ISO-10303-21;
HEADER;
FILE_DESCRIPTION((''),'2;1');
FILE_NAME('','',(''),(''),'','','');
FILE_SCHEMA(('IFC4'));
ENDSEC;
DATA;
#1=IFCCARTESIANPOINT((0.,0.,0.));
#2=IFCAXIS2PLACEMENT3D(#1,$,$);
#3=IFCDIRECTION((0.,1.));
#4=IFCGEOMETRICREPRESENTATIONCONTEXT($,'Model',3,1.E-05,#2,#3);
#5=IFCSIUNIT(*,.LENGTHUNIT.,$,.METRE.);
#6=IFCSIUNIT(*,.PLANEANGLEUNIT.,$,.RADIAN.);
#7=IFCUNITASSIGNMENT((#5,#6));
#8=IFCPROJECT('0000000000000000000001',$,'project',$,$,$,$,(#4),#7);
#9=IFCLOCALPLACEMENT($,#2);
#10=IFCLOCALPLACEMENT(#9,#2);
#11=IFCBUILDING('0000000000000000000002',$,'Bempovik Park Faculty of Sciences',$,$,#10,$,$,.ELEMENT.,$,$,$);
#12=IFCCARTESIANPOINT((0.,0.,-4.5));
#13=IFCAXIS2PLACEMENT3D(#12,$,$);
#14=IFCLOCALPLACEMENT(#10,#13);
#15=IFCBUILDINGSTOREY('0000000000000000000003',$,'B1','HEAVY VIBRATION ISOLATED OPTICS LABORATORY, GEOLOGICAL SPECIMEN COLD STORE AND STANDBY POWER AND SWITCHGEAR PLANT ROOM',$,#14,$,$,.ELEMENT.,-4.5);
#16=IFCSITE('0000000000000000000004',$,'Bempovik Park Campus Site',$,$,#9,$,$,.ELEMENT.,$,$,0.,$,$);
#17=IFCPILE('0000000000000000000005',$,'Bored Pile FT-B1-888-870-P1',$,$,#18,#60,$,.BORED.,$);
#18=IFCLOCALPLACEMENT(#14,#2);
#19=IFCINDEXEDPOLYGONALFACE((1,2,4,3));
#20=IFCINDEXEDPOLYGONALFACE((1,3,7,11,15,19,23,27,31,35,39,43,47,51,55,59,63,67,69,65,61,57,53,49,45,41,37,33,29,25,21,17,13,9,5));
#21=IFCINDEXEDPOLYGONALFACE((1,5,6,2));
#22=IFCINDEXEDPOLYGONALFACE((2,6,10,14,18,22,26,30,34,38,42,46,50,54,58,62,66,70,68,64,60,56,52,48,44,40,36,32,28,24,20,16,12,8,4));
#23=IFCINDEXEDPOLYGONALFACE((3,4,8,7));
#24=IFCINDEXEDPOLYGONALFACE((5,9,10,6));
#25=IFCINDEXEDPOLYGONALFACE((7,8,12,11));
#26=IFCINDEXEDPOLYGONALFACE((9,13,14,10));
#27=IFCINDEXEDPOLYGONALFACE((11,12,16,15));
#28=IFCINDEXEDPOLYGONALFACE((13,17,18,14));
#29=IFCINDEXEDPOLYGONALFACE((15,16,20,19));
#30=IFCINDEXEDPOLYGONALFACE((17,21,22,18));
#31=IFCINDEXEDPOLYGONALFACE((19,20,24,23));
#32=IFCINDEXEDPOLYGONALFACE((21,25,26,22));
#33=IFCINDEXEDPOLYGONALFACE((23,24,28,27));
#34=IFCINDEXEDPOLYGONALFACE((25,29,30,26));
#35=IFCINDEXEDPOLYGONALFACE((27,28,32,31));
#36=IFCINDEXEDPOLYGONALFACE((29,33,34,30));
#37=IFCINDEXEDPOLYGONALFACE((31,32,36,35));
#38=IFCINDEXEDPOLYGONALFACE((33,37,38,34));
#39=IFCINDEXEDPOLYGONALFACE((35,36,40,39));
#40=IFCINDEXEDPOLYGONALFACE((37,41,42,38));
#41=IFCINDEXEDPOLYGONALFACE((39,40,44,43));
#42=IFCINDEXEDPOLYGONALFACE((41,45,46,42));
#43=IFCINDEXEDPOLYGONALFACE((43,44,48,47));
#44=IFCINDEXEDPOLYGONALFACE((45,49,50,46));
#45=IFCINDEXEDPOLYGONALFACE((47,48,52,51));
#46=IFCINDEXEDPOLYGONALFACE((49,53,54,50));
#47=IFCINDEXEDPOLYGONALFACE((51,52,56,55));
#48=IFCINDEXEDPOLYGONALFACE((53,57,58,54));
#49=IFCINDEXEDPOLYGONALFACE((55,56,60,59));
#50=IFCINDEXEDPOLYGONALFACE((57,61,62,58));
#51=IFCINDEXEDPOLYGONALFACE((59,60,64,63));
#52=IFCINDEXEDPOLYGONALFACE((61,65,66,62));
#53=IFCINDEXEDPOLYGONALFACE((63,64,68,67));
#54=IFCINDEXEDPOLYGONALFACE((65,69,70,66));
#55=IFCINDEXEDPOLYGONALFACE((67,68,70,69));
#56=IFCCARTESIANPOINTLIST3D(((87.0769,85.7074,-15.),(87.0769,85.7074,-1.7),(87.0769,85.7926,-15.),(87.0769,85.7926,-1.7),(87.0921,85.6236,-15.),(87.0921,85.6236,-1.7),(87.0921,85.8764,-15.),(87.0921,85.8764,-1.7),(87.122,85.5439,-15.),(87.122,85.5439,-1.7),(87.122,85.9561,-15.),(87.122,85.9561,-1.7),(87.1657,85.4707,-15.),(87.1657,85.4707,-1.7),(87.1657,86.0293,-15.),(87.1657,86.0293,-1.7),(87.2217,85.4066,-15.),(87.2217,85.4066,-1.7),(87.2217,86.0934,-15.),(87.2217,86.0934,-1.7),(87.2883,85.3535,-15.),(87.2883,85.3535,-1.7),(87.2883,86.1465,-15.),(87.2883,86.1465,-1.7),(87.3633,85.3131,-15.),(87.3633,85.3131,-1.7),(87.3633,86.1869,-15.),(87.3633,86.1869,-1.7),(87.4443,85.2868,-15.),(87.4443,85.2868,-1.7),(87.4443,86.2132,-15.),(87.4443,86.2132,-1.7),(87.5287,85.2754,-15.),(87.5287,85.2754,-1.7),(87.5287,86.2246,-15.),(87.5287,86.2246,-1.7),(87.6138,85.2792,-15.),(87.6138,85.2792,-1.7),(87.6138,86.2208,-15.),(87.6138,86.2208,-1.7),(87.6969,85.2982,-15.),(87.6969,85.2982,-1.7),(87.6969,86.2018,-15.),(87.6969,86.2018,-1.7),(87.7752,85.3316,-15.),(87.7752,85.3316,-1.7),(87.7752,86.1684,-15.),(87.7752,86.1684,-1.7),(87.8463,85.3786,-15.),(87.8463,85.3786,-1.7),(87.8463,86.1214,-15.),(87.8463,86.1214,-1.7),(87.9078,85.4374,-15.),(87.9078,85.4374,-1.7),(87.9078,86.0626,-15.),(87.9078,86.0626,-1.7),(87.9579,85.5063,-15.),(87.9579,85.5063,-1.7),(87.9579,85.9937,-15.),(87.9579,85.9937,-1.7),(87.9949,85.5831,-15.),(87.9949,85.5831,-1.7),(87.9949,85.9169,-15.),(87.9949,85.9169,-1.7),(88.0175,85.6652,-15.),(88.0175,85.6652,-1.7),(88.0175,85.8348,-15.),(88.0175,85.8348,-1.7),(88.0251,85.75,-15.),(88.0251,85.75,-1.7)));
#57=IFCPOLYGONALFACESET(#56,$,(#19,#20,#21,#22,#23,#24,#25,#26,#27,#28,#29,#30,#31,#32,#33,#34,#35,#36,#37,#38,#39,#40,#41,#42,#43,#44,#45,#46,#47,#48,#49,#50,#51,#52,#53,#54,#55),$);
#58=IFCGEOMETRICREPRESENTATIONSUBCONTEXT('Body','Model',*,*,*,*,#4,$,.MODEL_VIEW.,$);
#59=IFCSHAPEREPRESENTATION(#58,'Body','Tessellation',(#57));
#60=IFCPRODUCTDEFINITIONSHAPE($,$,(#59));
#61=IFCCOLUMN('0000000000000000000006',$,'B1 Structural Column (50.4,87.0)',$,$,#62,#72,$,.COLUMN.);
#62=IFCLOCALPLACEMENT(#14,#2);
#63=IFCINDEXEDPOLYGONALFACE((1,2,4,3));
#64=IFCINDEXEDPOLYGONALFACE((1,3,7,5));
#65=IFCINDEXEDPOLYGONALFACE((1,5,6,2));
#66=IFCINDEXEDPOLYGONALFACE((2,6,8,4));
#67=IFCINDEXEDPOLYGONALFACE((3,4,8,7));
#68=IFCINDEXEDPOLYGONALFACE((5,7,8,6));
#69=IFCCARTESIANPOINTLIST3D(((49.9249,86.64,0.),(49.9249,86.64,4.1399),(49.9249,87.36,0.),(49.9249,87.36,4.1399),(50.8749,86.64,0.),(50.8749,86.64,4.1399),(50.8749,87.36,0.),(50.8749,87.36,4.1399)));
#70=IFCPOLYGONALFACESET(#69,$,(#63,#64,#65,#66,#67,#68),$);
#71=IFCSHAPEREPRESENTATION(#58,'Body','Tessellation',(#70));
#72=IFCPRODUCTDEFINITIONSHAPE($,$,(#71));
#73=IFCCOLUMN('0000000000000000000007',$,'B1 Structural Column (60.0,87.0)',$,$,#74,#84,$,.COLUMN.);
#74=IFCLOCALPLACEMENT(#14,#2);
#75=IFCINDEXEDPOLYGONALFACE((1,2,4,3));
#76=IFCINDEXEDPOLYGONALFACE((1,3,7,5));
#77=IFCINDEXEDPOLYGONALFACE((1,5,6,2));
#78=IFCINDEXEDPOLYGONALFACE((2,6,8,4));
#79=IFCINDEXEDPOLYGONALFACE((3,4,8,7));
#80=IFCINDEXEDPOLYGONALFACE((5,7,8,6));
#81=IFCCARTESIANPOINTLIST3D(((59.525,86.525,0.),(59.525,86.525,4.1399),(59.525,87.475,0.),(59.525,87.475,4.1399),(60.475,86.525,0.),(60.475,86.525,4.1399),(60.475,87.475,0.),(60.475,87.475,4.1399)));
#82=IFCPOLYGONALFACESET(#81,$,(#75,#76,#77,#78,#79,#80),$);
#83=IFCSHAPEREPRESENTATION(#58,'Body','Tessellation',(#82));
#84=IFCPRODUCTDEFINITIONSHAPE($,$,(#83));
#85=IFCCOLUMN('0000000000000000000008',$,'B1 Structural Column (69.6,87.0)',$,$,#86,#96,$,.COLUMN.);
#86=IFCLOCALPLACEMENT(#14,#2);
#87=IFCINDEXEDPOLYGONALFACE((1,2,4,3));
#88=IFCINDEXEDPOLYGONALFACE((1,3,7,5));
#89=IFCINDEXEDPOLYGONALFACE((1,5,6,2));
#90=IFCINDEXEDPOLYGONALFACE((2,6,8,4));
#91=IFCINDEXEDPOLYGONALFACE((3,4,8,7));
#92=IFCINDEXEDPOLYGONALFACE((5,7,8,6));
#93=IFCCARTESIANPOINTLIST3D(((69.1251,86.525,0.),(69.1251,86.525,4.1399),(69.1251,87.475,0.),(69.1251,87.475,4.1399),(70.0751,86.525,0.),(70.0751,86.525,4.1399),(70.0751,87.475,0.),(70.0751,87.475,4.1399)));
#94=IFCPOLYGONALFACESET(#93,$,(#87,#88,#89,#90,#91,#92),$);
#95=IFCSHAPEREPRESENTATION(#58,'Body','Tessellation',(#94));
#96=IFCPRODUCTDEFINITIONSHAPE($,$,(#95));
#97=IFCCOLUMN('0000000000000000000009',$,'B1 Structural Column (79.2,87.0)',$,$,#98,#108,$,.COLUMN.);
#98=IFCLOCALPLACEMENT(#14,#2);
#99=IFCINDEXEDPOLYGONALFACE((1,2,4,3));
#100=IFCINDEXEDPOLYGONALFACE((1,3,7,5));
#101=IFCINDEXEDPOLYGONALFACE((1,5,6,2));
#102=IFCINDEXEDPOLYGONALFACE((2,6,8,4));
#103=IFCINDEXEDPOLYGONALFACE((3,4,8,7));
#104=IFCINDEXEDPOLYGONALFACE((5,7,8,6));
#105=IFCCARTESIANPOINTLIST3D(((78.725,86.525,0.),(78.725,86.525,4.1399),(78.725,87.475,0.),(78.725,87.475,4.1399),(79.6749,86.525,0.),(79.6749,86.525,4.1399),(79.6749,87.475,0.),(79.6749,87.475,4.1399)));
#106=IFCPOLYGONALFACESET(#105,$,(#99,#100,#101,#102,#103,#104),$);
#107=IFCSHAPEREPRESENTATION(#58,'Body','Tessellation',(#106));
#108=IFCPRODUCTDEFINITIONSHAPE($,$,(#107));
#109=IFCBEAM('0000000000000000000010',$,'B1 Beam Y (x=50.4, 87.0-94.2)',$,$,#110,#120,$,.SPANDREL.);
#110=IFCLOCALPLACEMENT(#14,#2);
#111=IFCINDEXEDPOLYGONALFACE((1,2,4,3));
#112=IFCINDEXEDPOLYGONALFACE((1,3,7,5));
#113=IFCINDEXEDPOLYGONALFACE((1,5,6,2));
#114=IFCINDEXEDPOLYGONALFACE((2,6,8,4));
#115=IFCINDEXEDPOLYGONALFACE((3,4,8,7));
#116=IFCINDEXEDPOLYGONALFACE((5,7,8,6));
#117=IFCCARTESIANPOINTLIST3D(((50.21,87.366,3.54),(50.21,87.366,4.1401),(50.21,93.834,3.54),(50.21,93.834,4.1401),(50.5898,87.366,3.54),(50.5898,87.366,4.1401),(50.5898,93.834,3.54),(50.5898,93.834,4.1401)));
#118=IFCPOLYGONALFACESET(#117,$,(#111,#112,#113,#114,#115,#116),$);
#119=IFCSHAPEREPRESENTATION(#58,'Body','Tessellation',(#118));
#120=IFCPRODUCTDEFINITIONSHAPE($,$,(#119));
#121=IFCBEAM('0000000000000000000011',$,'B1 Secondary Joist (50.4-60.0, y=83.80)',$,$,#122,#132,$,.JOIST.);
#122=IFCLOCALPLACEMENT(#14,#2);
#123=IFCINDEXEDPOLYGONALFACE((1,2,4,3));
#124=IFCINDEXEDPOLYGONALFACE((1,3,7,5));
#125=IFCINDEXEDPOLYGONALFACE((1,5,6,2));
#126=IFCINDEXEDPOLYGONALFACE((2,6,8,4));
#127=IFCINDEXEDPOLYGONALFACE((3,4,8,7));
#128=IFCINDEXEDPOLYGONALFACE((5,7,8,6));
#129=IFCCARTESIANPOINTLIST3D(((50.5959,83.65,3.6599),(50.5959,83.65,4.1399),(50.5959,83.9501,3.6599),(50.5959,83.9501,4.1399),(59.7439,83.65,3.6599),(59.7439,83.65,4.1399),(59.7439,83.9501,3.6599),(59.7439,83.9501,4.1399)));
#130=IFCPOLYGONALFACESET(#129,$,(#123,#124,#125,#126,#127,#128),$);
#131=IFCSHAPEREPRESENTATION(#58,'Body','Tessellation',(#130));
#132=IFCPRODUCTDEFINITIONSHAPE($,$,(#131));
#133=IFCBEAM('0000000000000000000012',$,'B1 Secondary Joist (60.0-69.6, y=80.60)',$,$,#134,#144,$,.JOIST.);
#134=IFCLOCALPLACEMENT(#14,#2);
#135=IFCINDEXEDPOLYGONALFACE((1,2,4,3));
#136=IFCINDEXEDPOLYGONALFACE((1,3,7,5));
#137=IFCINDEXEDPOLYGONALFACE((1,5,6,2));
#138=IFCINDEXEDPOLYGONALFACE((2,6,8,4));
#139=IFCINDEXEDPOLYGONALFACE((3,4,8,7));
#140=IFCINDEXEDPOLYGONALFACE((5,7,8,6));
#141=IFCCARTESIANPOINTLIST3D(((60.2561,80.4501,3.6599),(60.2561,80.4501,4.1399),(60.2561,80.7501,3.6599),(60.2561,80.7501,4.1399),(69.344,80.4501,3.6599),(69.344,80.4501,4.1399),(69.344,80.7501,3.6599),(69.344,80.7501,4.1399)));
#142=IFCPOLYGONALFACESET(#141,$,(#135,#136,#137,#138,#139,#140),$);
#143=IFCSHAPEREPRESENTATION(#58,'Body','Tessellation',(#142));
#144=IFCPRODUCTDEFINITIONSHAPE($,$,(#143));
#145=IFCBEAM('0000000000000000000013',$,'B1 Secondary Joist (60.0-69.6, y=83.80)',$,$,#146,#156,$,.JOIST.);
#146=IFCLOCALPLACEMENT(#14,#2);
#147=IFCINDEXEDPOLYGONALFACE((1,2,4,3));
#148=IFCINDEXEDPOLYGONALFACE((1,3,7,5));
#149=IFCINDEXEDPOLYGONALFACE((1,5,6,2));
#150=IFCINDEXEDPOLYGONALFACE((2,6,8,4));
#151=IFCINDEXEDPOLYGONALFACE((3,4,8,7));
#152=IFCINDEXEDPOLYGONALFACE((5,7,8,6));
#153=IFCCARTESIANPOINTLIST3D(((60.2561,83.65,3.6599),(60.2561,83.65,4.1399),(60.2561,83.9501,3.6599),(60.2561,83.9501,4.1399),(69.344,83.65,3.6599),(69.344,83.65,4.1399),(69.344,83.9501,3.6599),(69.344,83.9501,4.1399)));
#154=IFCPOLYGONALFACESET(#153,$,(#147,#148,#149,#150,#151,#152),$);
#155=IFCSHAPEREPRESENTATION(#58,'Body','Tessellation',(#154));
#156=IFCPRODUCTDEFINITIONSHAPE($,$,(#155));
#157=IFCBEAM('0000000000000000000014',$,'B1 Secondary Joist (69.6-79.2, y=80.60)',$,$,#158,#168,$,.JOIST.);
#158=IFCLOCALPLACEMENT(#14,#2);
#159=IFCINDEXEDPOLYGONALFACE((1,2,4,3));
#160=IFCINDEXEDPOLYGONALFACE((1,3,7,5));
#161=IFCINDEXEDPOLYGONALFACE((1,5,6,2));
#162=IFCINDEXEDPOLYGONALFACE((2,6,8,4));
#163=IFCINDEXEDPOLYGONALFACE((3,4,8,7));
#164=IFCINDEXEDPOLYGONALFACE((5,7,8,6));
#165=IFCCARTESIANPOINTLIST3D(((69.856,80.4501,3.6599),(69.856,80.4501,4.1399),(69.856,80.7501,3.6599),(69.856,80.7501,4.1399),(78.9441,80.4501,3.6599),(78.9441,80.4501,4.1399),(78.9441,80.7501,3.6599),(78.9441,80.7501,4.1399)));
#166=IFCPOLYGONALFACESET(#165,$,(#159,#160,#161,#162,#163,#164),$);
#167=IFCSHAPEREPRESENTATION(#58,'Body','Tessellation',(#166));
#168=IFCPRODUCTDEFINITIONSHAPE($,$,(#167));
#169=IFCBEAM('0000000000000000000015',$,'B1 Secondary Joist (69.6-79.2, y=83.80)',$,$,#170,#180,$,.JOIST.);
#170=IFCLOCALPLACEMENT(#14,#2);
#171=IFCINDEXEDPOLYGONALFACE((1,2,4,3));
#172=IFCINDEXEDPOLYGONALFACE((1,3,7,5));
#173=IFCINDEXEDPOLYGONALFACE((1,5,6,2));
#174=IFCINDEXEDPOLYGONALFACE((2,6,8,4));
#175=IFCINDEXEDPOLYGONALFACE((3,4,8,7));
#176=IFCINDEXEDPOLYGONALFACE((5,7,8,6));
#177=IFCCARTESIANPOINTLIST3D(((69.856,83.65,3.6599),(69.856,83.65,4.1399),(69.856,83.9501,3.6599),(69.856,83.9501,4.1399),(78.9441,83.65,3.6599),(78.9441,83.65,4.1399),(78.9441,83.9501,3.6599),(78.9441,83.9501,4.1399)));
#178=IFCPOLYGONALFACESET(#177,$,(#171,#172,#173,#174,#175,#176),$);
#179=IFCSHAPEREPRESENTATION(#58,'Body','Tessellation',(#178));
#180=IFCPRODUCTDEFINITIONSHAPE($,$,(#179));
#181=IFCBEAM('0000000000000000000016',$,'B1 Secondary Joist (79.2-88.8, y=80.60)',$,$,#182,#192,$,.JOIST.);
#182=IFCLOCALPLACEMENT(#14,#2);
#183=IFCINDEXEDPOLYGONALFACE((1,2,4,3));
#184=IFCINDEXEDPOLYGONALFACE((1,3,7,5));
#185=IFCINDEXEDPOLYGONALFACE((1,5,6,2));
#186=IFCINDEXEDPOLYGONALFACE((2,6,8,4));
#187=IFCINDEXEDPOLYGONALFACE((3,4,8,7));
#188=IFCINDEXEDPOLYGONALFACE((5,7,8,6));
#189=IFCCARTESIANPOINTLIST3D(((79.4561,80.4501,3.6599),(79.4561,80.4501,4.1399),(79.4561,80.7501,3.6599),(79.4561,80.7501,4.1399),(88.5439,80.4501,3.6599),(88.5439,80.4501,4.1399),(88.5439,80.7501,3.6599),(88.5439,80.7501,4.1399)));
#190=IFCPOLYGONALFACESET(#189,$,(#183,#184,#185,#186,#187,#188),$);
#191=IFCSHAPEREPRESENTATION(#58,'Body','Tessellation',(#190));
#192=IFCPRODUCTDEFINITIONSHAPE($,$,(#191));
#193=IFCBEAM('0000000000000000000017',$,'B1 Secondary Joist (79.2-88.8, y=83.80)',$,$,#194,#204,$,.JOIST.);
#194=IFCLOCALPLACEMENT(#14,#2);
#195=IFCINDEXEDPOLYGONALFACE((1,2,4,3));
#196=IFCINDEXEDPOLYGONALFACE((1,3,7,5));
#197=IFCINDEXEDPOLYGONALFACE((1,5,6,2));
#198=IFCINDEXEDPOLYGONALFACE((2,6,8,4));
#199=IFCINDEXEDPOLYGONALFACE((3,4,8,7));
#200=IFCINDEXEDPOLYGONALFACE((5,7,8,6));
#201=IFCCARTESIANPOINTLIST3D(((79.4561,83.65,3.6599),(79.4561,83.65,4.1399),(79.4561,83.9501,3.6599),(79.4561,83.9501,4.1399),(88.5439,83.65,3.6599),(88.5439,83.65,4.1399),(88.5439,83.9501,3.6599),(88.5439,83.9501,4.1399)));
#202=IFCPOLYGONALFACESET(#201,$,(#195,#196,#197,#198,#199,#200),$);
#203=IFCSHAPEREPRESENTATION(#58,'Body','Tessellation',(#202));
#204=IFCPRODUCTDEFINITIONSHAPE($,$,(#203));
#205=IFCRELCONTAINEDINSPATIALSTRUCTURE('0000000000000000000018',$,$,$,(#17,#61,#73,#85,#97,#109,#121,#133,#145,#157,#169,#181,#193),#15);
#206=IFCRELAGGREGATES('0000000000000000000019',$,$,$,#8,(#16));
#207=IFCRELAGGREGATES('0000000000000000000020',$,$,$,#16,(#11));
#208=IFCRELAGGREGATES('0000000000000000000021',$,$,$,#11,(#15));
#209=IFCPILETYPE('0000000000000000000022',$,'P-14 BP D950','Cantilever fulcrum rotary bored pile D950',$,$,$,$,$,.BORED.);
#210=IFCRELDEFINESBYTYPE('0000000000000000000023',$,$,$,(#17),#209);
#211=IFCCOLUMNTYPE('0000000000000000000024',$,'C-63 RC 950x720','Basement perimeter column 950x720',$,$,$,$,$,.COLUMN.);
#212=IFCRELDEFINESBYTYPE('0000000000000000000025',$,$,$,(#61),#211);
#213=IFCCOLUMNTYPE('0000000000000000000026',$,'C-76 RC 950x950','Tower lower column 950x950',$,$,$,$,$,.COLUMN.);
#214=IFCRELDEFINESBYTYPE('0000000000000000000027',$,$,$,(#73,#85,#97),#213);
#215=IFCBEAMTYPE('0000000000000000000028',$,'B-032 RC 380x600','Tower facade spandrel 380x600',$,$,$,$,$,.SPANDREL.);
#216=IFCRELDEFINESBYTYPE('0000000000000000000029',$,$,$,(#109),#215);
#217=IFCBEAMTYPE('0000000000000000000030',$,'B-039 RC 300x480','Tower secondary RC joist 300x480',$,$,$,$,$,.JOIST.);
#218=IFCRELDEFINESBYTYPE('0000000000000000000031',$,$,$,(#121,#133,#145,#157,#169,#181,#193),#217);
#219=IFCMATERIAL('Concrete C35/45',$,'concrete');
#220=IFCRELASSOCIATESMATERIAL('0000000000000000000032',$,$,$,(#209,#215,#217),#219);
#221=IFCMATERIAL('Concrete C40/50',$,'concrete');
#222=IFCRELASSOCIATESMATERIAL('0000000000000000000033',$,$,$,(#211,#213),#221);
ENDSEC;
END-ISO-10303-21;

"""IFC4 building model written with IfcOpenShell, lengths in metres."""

from ifc_helpers import new_model, si_unit, direction, frame, origin, origin_2d, place, context, subcontext, project, spatial, rectangle, circle, extrude, material, material_profile, profile_set, type_object, element, save


model = new_model("IFC4")

# Units and contexts
model_context = context("Model", 3, precision=1e-05, world=origin(), true_north=direction((0.0, 1.0)))
body_context = subcontext(model_context, "Body", "Model", "MODEL_VIEW")
ifc_project = project(units=[si_unit("LENGTHUNIT", "METRE"), si_unit("PLANEANGLEUNIT", "RADIAN")], contexts=[model_context])

# Site, building, storey
site_placement = place(None, origin())
site = spatial("IfcSite", under=ifc_project, at=site_placement, Name="Bempovik Park Campus Site", CompositionType="ELEMENT", RefElevation=0.0)
building_placement = place(site_placement, origin())
building = spatial("IfcBuilding", under=site, at=building_placement, Name="Bempovik Park Faculty of Sciences", CompositionType="ELEMENT")
storey_placement = place(building_placement, frame((0.0, 0.0, -4.5)))
storey = spatial("IfcBuildingStorey", under=building, at=storey_placement, Name="B1", Description="HEAVY VIBRATION ISOLATED OPTICS LABORATORY, GEOLOGICAL SPECIMEN COLD STORE AND STANDBY POWER AND SWITCHGEAR PLANT ROOM", CompositionType="ELEMENT", Elevation=-4.5)

# Shared definitions
ifc_material_1 = material(Name="Concrete C35/45", Category="concrete")

# Pile
ifc_material_profile_1 = material_profile(ifc_material_1, circle(Radius=0.4751, at=origin_2d()), Name="BP D950")
ifc_profile_set_1 = profile_set([ifc_material_profile_1], Name="Concrete C35/45")
pile_type = type_object("IfcPileType", Name="P-14 BP D950", Description="Cantilever fulcrum rotary bored pile D950", PredefinedType="BORED", material=ifc_profile_set_1)
for number, where, z_axis, x_axis, name in (
    (1, (87.55, 85.75, -1.7), (0.0, 0.0, -1.0), (1.0, 0.0, 0.0), "Bored Pile FT-B1-888-870-P1"),
):
    element("IfcPile", number, at=place(storey_placement, frame(where, z_axis=z_axis, x_axis=x_axis)), inside=storey, type_object=pile_type, Name=name, PredefinedType="BORED", context=body_context, shape_type="SweptSolid", body=[
        extrude(circle(Radius=0.4751, at=origin_2d()), origin(), (0.0, 0.0, 1.0), 13.3),
    ])

# Columns
ifc_material_2 = material(Name="Concrete C40/50", Category="concrete")
ifc_material_profile_2 = material_profile(ifc_material_2, rectangle(XDim=0.95, YDim=0.72, at=origin_2d()), Name="RC 950x720")
ifc_profile_set_2 = profile_set([ifc_material_profile_2], Name="Concrete C40/50")
column_type_1 = type_object("IfcColumnType", Name="C-63 RC 950x720", Description="Basement perimeter column 950x720", PredefinedType="COLUMN", material=ifc_profile_set_2)
column_placement = place(storey_placement, frame((50.3999, 87.0, 0.0), z_axis=(0.0, 0.0, 1.0), x_axis=(1.0, 0.0, 0.0)))
element("IfcColumn", 2, at=column_placement, inside=storey, type_object=column_type_1, Name="B1 Structural Column (50.4,87.0)", PredefinedType="COLUMN", context=body_context, shape_type="SweptSolid", body=[
    extrude(rectangle(XDim=0.95, YDim=0.72, at=origin_2d()), origin(), (0.0, 0.0, 1.0), 4.1399),
])
ifc_material_profile_3 = material_profile(ifc_material_2, rectangle(XDim=0.95, YDim=0.95, at=origin_2d()), Name="RC 950x950")
ifc_profile_set_3 = profile_set([ifc_material_profile_3], Name="Concrete C40/50")
column_type_2 = type_object("IfcColumnType", Name="C-76 RC 950x950", Description="Tower lower column 950x950", PredefinedType="COLUMN", material=ifc_profile_set_3)
for number, where, z_axis, x_axis, name in (
    (3, (60.0, 87.0, 0.0), (0.0, 0.0, 1.0), (1.0, 0.0, 0.0), "B1 Structural Column (60.0,87.0)"),
    (4, (69.6001, 87.0, 0.0), (0.0, 0.0, 1.0), (1.0, 0.0, 0.0), "B1 Structural Column (69.6,87.0)"),
    (5, (79.2, 87.0, 0.0), (0.0, 0.0, 1.0), (1.0, 0.0, 0.0), "B1 Structural Column (79.2,87.0)"),
):
    element("IfcColumn", number, at=place(storey_placement, frame(where, z_axis=z_axis, x_axis=x_axis)), inside=storey, type_object=column_type_2, Name=name, PredefinedType="COLUMN", context=body_context, shape_type="SweptSolid", body=[
        extrude(rectangle(XDim=0.95, YDim=0.95, at=origin_2d()), origin(), (0.0, 0.0, 1.0), 4.1399),
    ])

# Beams
ifc_material_profile_4 = material_profile(ifc_material_1, rectangle(XDim=0.3799, YDim=0.6001, at=origin_2d()), Name="RC 380x600")
ifc_profile_set_4 = profile_set([ifc_material_profile_4], Name="Concrete C35/45")
beam_type_1 = type_object("IfcBeamType", Name="B-032 RC 380x600", Description="Tower facade spandrel 380x600", PredefinedType="SPANDREL", material=ifc_profile_set_4)
beam_1_placement = place(storey_placement, frame((50.3999, 87.366, 3.8401), z_axis=(0.0, 1.0, 0.0), x_axis=(-1.0, 0.0, 0.0)))
element("IfcBeam", 6, at=beam_1_placement, inside=storey, type_object=beam_type_1, Name="B1 Beam Y (x=50.4, 87.0-94.2)", PredefinedType="SPANDREL", context=body_context, shape_type="SweptSolid", body=[
    extrude(rectangle(XDim=0.3799, YDim=0.6001, at=origin_2d()), origin(), (0.0, 0.0, 1.0), 6.468),
])
ifc_material_profile_5 = material_profile(ifc_material_1, rectangle(XDim=0.3, YDim=0.48, at=origin_2d()), Name="RC 300x480")
ifc_profile_set_5 = profile_set([ifc_material_profile_5], Name="Concrete C35/45")
beam_type_2 = type_object("IfcBeamType", Name="B-039 RC 300x480", Description="Tower secondary RC joist 300x480", PredefinedType="JOIST", material=ifc_profile_set_5)
beam_2_placement = place(storey_placement, frame((50.5959, 83.8, 3.8999), z_axis=(1.0, 0.0, 0.0), x_axis=(0.0, 1.0, 0.0)))
element("IfcBeam", 7, at=beam_2_placement, inside=storey, type_object=beam_type_2, Name="B1 Secondary Joist (50.4-60.0, y=83.80)", PredefinedType="JOIST", context=body_context, shape_type="SweptSolid", body=[
    extrude(rectangle(XDim=0.3, YDim=0.48, at=origin_2d()), origin(), (0.0, 0.0, 1.0), 9.1479),
])
for number, where, z_axis, x_axis, name in (
    (8, (60.2561, 80.6001, 3.8999), (1.0, 0.0, 0.0), (0.0, 1.0, 0.0), "B1 Secondary Joist (60.0-69.6, y=80.60)"),
    (9, (60.2561, 83.8, 3.8999), (1.0, 0.0, 0.0), (0.0, 1.0, 0.0), "B1 Secondary Joist (60.0-69.6, y=83.80)"),
):
    element("IfcBeam", number, at=place(storey_placement, frame(where, z_axis=z_axis, x_axis=x_axis)), inside=storey, type_object=beam_type_2, Name=name, PredefinedType="JOIST", context=body_context, shape_type="SweptSolid", body=[
        extrude(rectangle(XDim=0.3, YDim=0.48, at=origin_2d()), origin(), (0.0, 0.0, 1.0), 9.0879),
    ])
for number, where, z_axis, x_axis, name in (
    (10, (69.856, 80.6001, 3.8999), (1.0, 0.0, 0.0), (0.0, 1.0, 0.0), "B1 Secondary Joist (69.6-79.2, y=80.60)"),
    (11, (69.856, 83.8, 3.8999), (1.0, 0.0, 0.0), (0.0, 1.0, 0.0), "B1 Secondary Joist (69.6-79.2, y=83.80)"),
):
    element("IfcBeam", number, at=place(storey_placement, frame(where, z_axis=z_axis, x_axis=x_axis)), inside=storey, type_object=beam_type_2, Name=name, PredefinedType="JOIST", context=body_context, shape_type="SweptSolid", body=[
        extrude(rectangle(XDim=0.3, YDim=0.48, at=origin_2d()), origin(), (0.0, 0.0, 1.0), 9.0881),
    ])
for number, where, z_axis, x_axis, name in (
    (12, (79.4561, 80.6001, 3.8999), (1.0, 0.0, 0.0), (0.0, 1.0, 0.0), "B1 Secondary Joist (79.2-88.8, y=80.60)"),
    (13, (79.4561, 83.8, 3.8999), (1.0, 0.0, 0.0), (0.0, 1.0, 0.0), "B1 Secondary Joist (79.2-88.8, y=83.80)"),
):
    element("IfcBeam", number, at=place(storey_placement, frame(where, z_axis=z_axis, x_axis=x_axis)), inside=storey, type_object=beam_type_2, Name=name, PredefinedType="JOIST", context=body_context, shape_type="SweptSolid", body=[
        extrude(rectangle(XDim=0.3, YDim=0.48, at=origin_2d()), origin(), (0.0, 0.0, 1.0), 9.0879),
    ])

save(model, "model.ifc")
